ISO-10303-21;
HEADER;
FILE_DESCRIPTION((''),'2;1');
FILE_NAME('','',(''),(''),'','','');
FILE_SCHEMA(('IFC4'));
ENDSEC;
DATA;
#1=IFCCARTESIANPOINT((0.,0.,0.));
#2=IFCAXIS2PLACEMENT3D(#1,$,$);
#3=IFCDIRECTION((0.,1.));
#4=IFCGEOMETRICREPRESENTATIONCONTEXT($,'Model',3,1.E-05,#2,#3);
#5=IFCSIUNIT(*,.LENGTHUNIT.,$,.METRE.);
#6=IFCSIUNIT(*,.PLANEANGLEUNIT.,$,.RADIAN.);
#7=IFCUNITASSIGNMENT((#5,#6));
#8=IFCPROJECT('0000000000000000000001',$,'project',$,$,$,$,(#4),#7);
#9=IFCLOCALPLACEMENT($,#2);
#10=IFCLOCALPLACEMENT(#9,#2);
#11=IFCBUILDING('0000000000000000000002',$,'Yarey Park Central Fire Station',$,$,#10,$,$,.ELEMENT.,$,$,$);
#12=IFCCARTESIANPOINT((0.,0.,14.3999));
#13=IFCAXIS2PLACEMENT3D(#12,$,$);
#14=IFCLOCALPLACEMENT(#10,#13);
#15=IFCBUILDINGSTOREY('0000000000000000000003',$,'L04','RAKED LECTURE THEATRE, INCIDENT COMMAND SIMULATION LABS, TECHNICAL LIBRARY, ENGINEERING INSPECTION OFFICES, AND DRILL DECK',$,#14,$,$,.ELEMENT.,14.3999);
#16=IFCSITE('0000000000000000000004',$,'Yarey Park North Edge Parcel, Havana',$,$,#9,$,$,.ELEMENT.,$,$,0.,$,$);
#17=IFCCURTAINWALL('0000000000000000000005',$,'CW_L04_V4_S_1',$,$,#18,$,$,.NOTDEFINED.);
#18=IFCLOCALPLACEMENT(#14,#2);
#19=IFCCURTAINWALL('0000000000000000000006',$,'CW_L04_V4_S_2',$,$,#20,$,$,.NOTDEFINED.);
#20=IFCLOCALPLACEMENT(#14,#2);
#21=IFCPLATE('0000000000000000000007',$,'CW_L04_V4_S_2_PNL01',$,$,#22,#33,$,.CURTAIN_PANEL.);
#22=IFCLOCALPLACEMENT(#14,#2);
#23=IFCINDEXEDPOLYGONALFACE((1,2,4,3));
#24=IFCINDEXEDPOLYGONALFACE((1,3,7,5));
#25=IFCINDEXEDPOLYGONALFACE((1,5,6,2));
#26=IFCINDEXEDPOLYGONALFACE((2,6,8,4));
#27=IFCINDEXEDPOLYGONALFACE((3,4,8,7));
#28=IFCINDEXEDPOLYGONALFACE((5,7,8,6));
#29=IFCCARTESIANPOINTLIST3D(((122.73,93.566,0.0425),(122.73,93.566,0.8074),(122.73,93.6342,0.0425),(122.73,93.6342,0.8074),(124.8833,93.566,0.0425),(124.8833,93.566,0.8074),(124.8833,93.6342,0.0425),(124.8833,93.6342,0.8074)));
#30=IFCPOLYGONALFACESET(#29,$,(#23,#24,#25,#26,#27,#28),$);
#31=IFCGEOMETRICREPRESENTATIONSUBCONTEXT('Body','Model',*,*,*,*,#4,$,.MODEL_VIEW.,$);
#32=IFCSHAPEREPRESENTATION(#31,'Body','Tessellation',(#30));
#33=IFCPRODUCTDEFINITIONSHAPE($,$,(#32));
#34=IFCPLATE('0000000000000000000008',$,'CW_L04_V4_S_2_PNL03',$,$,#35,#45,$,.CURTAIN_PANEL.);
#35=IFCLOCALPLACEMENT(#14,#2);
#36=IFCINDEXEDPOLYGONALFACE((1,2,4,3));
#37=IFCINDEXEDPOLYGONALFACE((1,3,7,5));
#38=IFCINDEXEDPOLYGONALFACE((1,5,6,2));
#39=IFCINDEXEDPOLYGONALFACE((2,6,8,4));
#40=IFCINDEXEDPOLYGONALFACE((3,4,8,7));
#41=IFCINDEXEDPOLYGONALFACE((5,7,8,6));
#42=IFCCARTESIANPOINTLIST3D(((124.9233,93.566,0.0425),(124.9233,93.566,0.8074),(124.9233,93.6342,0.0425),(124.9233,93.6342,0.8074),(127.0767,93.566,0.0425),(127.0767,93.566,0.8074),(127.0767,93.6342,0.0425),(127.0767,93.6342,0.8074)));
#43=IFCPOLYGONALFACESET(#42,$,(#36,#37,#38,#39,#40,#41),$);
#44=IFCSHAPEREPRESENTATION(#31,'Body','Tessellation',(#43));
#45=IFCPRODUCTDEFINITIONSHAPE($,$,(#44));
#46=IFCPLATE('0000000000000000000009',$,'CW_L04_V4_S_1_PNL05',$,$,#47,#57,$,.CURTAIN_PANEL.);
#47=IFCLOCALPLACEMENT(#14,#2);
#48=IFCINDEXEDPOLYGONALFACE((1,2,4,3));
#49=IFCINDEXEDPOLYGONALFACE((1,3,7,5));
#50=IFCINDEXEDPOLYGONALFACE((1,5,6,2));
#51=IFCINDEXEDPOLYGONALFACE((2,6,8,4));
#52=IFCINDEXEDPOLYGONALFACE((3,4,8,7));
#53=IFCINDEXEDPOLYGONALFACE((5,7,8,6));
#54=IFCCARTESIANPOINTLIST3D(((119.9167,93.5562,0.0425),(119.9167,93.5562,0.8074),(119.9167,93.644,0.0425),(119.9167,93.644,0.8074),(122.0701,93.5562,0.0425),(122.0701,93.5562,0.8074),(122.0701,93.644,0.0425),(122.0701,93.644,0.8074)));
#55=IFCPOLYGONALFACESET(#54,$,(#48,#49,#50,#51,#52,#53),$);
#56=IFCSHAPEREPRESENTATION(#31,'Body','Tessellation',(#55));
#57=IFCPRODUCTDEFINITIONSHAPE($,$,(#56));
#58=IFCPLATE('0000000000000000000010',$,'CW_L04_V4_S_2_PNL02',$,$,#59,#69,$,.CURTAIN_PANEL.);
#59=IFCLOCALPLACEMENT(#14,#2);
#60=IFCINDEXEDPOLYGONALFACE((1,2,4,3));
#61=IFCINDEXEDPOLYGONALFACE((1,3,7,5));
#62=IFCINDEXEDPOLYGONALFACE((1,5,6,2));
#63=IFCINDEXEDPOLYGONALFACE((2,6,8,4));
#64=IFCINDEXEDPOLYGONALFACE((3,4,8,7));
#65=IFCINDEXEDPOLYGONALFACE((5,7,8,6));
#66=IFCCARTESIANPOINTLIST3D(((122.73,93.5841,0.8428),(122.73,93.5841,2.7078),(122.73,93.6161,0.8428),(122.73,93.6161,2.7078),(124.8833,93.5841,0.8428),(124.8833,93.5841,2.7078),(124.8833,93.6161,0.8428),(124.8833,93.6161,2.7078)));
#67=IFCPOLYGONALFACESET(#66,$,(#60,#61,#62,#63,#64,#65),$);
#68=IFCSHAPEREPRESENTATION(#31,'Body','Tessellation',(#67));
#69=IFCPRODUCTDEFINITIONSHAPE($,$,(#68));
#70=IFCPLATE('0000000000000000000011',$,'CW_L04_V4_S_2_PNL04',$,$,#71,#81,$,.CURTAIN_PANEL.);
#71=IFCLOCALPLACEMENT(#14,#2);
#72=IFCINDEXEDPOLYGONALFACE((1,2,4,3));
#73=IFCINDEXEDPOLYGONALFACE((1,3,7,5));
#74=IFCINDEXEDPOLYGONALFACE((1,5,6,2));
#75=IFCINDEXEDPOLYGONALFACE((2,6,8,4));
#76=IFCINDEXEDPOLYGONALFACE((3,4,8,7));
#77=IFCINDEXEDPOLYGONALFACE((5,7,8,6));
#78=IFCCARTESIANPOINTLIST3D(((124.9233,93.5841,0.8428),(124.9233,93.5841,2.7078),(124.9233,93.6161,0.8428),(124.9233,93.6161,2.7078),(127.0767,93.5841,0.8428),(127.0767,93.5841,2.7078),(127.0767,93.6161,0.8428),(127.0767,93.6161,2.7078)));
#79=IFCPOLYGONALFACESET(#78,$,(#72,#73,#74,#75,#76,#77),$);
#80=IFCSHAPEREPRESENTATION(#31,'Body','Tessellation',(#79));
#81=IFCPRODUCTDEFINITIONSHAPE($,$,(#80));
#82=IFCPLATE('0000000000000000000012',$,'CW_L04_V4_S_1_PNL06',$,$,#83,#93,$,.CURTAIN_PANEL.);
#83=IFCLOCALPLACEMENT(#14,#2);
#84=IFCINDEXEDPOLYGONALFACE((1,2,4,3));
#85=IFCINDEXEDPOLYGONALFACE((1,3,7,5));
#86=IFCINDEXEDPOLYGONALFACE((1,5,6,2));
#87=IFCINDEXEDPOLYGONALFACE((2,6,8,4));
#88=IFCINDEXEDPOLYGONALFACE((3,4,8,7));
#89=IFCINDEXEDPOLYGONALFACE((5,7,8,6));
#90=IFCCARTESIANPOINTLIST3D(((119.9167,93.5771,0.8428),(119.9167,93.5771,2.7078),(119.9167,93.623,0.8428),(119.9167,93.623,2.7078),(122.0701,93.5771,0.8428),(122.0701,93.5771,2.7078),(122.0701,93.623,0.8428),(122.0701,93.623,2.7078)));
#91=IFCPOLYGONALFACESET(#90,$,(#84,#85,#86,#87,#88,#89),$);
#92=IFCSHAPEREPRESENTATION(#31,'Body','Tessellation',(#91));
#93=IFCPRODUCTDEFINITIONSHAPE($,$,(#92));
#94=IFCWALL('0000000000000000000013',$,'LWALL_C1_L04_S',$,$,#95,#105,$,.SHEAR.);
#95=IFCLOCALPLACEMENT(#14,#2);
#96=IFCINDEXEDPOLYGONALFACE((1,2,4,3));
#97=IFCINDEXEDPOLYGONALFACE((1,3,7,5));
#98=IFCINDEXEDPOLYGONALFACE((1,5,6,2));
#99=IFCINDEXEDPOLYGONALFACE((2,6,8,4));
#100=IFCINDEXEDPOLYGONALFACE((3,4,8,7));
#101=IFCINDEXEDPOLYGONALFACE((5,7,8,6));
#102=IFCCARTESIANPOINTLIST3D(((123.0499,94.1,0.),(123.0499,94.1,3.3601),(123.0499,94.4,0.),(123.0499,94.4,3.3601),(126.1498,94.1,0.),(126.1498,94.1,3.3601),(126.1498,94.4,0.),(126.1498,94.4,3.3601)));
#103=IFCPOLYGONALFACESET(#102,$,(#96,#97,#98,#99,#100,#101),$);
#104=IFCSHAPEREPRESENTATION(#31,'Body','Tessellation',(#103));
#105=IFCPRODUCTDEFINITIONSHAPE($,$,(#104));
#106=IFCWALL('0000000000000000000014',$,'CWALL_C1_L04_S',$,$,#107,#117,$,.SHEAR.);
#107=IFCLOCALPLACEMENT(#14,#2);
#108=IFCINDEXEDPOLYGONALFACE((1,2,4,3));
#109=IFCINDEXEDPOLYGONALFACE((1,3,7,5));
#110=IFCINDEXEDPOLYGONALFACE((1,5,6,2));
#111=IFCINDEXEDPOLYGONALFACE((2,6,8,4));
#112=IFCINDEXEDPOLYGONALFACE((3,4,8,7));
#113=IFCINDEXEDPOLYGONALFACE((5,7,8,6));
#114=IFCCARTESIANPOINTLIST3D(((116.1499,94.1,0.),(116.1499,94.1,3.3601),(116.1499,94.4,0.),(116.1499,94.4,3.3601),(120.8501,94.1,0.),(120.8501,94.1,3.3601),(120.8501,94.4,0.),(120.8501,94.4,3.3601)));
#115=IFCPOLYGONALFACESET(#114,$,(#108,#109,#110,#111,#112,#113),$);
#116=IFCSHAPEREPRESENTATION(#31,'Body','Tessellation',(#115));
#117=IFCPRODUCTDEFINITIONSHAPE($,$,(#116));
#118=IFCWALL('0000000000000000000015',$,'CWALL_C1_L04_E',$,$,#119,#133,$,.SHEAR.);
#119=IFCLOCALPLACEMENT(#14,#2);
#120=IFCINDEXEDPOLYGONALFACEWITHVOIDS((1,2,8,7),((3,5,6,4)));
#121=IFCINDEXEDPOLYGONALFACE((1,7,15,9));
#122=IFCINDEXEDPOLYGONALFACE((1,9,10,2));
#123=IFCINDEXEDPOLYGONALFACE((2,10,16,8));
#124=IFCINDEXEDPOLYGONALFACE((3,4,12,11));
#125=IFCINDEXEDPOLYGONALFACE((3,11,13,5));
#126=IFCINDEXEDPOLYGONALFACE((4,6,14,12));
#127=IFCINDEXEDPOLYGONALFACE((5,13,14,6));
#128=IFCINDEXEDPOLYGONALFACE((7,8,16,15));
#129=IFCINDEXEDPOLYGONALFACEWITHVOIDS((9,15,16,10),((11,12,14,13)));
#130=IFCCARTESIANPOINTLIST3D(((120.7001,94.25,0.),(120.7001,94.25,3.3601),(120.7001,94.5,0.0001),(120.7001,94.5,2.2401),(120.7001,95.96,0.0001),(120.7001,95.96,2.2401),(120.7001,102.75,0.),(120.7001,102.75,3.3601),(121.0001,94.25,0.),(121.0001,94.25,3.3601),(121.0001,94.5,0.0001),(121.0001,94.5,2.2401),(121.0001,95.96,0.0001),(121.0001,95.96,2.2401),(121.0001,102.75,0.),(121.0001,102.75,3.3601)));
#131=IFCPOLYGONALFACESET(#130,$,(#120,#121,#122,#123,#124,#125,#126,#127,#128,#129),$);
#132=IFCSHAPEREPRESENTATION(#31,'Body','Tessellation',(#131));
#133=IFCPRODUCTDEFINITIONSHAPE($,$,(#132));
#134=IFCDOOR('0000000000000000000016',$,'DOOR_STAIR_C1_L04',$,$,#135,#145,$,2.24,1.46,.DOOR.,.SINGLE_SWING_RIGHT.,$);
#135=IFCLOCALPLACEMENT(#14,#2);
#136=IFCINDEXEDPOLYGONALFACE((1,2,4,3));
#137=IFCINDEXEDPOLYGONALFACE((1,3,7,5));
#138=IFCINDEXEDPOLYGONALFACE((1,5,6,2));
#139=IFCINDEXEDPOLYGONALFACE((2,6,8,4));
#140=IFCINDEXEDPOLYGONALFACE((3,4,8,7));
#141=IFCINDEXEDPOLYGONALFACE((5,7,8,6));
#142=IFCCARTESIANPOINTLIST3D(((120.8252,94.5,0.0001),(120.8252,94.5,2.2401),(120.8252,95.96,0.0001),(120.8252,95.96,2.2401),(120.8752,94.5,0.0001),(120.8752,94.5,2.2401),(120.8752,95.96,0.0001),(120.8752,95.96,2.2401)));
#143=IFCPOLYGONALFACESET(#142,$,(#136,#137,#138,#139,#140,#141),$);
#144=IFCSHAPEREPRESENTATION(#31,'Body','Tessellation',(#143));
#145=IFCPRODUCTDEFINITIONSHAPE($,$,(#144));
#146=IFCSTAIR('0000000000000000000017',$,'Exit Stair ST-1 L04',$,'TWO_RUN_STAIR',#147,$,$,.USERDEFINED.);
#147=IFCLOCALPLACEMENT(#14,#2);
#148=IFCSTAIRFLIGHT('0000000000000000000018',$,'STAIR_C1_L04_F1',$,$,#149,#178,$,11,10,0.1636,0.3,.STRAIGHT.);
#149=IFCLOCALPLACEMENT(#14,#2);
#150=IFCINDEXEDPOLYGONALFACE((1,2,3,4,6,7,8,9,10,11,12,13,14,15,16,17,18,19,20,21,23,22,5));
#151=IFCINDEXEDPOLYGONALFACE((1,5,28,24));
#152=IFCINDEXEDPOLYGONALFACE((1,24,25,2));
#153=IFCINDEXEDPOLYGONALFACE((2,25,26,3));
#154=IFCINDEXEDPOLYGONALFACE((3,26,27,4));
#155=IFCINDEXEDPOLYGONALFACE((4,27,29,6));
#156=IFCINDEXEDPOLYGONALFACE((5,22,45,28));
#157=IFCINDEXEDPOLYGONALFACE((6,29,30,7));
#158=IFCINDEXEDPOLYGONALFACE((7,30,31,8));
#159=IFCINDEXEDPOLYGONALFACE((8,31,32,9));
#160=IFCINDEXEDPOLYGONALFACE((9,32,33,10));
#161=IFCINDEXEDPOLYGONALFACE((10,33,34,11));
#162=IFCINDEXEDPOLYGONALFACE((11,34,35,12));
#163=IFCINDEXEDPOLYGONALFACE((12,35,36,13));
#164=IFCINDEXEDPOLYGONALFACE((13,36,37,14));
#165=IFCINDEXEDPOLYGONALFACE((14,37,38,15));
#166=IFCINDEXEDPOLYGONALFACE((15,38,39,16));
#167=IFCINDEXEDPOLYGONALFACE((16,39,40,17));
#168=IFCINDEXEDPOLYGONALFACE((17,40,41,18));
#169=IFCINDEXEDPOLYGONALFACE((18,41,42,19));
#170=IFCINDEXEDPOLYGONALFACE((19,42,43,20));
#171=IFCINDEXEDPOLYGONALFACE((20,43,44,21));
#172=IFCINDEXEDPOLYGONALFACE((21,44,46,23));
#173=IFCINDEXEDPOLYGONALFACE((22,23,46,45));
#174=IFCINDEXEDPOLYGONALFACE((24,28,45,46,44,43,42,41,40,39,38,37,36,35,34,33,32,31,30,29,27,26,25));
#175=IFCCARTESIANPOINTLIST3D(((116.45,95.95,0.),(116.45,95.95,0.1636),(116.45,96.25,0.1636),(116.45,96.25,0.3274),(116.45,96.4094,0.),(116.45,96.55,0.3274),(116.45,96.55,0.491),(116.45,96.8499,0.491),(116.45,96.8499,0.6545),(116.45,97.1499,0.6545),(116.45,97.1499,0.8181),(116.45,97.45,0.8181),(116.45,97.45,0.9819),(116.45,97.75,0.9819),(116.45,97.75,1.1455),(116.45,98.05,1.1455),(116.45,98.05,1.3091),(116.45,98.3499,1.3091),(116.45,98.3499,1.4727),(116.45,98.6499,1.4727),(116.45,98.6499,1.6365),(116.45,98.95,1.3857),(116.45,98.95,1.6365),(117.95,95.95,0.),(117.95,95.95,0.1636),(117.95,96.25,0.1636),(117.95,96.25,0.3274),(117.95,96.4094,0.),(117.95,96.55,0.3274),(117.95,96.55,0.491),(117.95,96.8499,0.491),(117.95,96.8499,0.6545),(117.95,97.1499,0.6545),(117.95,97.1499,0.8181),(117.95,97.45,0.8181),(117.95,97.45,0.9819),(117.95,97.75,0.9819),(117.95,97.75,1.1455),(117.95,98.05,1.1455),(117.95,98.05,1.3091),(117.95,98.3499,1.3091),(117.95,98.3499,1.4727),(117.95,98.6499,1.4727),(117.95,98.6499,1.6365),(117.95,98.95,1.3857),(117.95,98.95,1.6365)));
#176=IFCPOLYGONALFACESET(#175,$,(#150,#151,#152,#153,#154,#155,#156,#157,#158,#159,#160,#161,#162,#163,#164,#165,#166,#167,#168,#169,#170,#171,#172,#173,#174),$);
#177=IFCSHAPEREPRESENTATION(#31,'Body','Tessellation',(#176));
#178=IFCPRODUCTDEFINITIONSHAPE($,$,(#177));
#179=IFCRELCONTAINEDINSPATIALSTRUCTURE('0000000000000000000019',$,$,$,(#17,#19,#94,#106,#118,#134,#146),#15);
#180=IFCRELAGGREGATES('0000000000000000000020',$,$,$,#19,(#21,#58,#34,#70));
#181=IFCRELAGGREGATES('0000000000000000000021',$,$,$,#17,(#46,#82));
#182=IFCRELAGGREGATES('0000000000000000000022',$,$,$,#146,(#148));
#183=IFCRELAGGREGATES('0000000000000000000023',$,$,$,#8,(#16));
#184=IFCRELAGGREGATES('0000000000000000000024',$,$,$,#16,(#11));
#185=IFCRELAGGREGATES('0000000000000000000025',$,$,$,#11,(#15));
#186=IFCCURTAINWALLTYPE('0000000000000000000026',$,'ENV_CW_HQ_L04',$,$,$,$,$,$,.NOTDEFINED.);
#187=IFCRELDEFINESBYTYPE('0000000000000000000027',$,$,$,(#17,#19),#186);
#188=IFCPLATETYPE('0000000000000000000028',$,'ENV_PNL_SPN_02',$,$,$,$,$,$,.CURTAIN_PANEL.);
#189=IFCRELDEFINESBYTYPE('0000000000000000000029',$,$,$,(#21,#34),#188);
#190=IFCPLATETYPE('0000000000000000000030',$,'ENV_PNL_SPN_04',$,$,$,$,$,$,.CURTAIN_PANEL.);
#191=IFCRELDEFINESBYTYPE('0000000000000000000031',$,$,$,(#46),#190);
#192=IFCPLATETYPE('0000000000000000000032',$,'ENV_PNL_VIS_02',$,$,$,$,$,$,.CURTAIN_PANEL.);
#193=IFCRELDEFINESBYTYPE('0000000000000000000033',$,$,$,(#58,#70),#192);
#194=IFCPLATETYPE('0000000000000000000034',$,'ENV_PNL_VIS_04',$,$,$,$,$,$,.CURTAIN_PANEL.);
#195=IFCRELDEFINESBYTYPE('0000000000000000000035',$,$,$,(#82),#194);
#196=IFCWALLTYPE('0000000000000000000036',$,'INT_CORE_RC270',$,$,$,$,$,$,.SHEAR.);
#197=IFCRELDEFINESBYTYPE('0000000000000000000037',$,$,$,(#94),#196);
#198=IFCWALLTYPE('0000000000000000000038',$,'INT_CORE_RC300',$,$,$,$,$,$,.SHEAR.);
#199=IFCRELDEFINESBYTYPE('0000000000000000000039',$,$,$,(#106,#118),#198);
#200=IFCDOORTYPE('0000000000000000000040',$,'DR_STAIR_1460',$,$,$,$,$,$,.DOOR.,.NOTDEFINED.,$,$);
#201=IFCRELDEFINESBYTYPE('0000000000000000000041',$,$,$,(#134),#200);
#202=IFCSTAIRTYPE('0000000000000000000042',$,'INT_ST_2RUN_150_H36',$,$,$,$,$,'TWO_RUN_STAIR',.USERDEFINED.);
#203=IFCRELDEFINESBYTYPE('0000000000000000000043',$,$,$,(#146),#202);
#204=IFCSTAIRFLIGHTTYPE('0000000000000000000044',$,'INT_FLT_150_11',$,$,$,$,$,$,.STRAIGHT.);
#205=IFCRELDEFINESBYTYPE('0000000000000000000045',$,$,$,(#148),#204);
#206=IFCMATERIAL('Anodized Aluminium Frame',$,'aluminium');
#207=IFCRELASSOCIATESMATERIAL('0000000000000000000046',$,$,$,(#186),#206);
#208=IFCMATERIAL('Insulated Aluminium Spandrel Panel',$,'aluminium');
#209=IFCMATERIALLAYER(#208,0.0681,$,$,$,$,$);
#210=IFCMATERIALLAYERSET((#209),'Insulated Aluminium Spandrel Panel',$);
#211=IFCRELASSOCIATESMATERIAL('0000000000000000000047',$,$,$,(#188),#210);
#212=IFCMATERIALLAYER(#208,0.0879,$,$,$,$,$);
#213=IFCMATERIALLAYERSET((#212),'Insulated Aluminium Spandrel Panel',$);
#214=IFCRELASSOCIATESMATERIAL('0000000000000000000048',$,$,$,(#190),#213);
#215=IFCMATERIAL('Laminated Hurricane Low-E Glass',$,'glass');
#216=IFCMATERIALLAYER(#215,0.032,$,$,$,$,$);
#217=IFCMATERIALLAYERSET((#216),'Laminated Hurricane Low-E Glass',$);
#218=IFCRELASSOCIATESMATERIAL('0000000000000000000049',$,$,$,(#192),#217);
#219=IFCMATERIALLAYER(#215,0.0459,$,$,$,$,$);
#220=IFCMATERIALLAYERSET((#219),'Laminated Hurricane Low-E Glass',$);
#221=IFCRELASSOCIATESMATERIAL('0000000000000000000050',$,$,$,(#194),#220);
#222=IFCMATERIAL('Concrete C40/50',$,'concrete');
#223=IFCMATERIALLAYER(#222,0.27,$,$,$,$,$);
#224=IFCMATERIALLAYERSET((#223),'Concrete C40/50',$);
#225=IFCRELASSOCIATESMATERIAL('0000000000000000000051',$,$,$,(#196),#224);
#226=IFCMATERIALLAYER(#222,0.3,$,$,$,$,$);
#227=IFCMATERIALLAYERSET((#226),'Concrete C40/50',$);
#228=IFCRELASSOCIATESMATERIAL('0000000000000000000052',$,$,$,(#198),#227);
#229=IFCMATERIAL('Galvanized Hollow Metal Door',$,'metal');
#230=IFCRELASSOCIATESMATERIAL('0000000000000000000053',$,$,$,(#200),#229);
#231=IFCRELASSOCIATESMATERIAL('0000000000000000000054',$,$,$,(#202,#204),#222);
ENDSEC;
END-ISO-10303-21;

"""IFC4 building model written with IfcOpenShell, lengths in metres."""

from ifc_helpers import new_model, si_unit, direction, frame, frame_2d, origin, origin_2d, place, context, subcontext, project, spatial, polyline, rectangle, outline, extrude, material, layer, layer_set, type_object, element, fill, aggregate, save


model = new_model("IFC4")

# Units and contexts
model_context = context("Model", 3, precision=1e-05, world=origin(), true_north=direction((0.0, 1.0)))
body_context = subcontext(model_context, "Body", "Model", "MODEL_VIEW")
ifc_project = project(units=[si_unit("LENGTHUNIT", "METRE"), si_unit("PLANEANGLEUNIT", "RADIAN")], contexts=[model_context])

# Site, building, storey
site_placement = place(None, origin())
site = spatial("IfcSite", under=ifc_project, at=site_placement, Name="Yarey Park North Edge Parcel, Havana", CompositionType="ELEMENT", RefElevation=0.0)
building_placement = place(site_placement, origin())
building = spatial("IfcBuilding", under=site, at=building_placement, Name="Yarey Park Central Fire Station", CompositionType="ELEMENT")
storey_placement = place(building_placement, frame((0.0, 0.0, 14.3999)))
storey = spatial("IfcBuildingStorey", under=building, at=storey_placement, Name="L04", Description="RAKED LECTURE THEATRE, INCIDENT COMMAND SIMULATION LABS, TECHNICAL LIBRARY, ENGINEERING INSPECTION OFFICES, AND DRILL DECK", CompositionType="ELEMENT", Elevation=14.3999)

# Shared definitions
ifc_material_1 = material(Name="Concrete C40/50", Category="concrete")

# Curtain walls
ifc_material_2 = material(Name="Anodized Aluminium Frame", Category="aluminium")
curtain_wall_type = type_object("IfcCurtainWallType", Name="ENV_CW_HQ_L04", PredefinedType="NOTDEFINED", material=ifc_material_2)
curtain_wall_1_placement = place(storey_placement, origin())
curtain_wall_1 = element("IfcCurtainWall", 1, at=curtain_wall_1_placement, inside=storey, type_object=curtain_wall_type, Name="CW_L04_V4_S_1", PredefinedType="NOTDEFINED")
curtain_wall_2_placement = place(storey_placement, origin())
curtain_wall_2 = element("IfcCurtainWall", 2, at=curtain_wall_2_placement, inside=storey, type_object=curtain_wall_type, Name="CW_L04_V4_S_2", PredefinedType="NOTDEFINED")

# Plates
ifc_material_3 = material(Name="Insulated Aluminium Spandrel Panel", Category="aluminium")
ifc_layer_1 = layer(ifc_material_3, 0.0681)
ifc_layer_set_1 = layer_set([ifc_layer_1], Name="Insulated Aluminium Spandrel Panel")
plate_type_1 = type_object("IfcPlateType", Name="ENV_PNL_SPN_02", PredefinedType="CURTAIN_PANEL", material=ifc_layer_set_1)
plate_1_placement = place(storey_placement, frame((123.8066, 93.6001, 0.0425), z_axis=(0.0, 0.0, 1.0), x_axis=(1.0, 0.0, 0.0)))
plate_1 = element("IfcPlate", 3, at=plate_1_placement, type_object=plate_type_1, Name="CW_L04_V4_S_2_PNL01", PredefinedType="CURTAIN_PANEL", context=body_context, shape_type="SweptSolid", body=[
    extrude(rectangle(XDim=2.1533, YDim=0.0681, at=origin_2d()), origin(), (0.0, 0.0, 1.0), 0.7649),
])
plate_2_placement = place(storey_placement, frame((126.0, 93.6001, 0.0425), z_axis=(0.0, 0.0, 1.0), x_axis=(1.0, 0.0, 0.0)))
plate_2 = element("IfcPlate", 4, at=plate_2_placement, type_object=plate_type_1, Name="CW_L04_V4_S_2_PNL03", PredefinedType="CURTAIN_PANEL", context=body_context, shape_type="SweptSolid", body=[
    extrude(rectangle(XDim=2.1533, YDim=0.0681, at=origin_2d()), origin(), (0.0, 0.0, 1.0), 0.7649),
])
ifc_layer_2 = layer(ifc_material_3, 0.0879)
ifc_layer_set_2 = layer_set([ifc_layer_2], Name="Insulated Aluminium Spandrel Panel")
plate_type_2 = type_object("IfcPlateType", Name="ENV_PNL_SPN_04", PredefinedType="CURTAIN_PANEL", material=ifc_layer_set_2)
plate_3_placement = place(storey_placement, frame((120.9934, 93.6001, 0.0425), z_axis=(0.0, 0.0, 1.0), x_axis=(1.0, 0.0, 0.0)))
plate_3 = element("IfcPlate", 5, at=plate_3_placement, type_object=plate_type_2, Name="CW_L04_V4_S_1_PNL05", PredefinedType="CURTAIN_PANEL", context=body_context, shape_type="SweptSolid", body=[
    extrude(rectangle(XDim=2.1533, YDim=0.0879, at=origin_2d()), origin(), (0.0, 0.0, 1.0), 0.7649),
])
ifc_material_4 = material(Name="Laminated Hurricane Low-E Glass", Category="glass")
ifc_layer_3 = layer(ifc_material_4, 0.032)
ifc_layer_set_3 = layer_set([ifc_layer_3], Name="Laminated Hurricane Low-E Glass")
plate_type_3 = type_object("IfcPlateType", Name="ENV_PNL_VIS_02", PredefinedType="CURTAIN_PANEL", material=ifc_layer_set_3)
plate_4_placement = place(storey_placement, frame((123.8066, 93.6001, 0.8428), z_axis=(0.0, 0.0, 1.0), x_axis=(1.0, 0.0, 0.0)))
plate_4 = element("IfcPlate", 6, at=plate_4_placement, type_object=plate_type_3, Name="CW_L04_V4_S_2_PNL02", PredefinedType="CURTAIN_PANEL", context=body_context, shape_type="SweptSolid", body=[
    extrude(rectangle(XDim=2.1533, YDim=0.032, at=origin_2d()), origin(), (0.0, 0.0, 1.0), 1.865),
])
plate_5_placement = place(storey_placement, frame((126.0, 93.6001, 0.8428), z_axis=(0.0, 0.0, 1.0), x_axis=(1.0, 0.0, 0.0)))
plate_5 = element("IfcPlate", 7, at=plate_5_placement, type_object=plate_type_3, Name="CW_L04_V4_S_2_PNL04", PredefinedType="CURTAIN_PANEL", context=body_context, shape_type="SweptSolid", body=[
    extrude(rectangle(XDim=2.1533, YDim=0.032, at=origin_2d()), origin(), (0.0, 0.0, 1.0), 1.865),
])
aggregate(curtain_wall_2, [plate_1, plate_4, plate_2, plate_5])
ifc_layer_4 = layer(ifc_material_4, 0.0459)
ifc_layer_set_4 = layer_set([ifc_layer_4], Name="Laminated Hurricane Low-E Glass")
plate_type_4 = type_object("IfcPlateType", Name="ENV_PNL_VIS_04", PredefinedType="CURTAIN_PANEL", material=ifc_layer_set_4)
plate_6_placement = place(storey_placement, frame((120.9934, 93.6001, 0.8428), z_axis=(0.0, 0.0, 1.0), x_axis=(1.0, 0.0, 0.0)))
plate_6 = element("IfcPlate", 8, at=plate_6_placement, type_object=plate_type_4, Name="CW_L04_V4_S_1_PNL06", PredefinedType="CURTAIN_PANEL", context=body_context, shape_type="SweptSolid", body=[
    extrude(rectangle(XDim=2.1533, YDim=0.0459, at=origin_2d()), origin(), (0.0, 0.0, 1.0), 1.865),
])
aggregate(curtain_wall_1, [plate_3, plate_6])

# Walls
ifc_layer_5 = layer(ifc_material_1, 0.27)
ifc_layer_set_5 = layer_set([ifc_layer_5], Name="Concrete C40/50")
wall_type_1 = type_object("IfcWallType", Name="INT_CORE_RC270", PredefinedType="SHEAR", material=ifc_layer_set_5)
wall_1_placement = place(storey_placement, frame((123.05, 94.25, 0.0), z_axis=(0.0, 0.0, 1.0), x_axis=(1.0, 0.0, 0.0)))
element("IfcWall", 9, at=wall_1_placement, inside=storey, type_object=wall_type_1, Name="LWALL_C1_L04_S", PredefinedType="SHEAR", context=body_context, shape_type="SweptSolid", body=[
    extrude(rectangle(XDim=3.0999, YDim=0.3, at=frame_2d((1.5498, 0.0))), origin(), (0.0, 0.0, 1.0), 3.3601),
])
ifc_layer_6 = layer(ifc_material_1, 0.3)
ifc_layer_set_6 = layer_set([ifc_layer_6], Name="Concrete C40/50")
wall_type_2 = type_object("IfcWallType", Name="INT_CORE_RC300", PredefinedType="SHEAR", material=ifc_layer_set_6)
wall_2_placement = place(storey_placement, frame((116.1499, 94.25, 0.0), z_axis=(0.0, 0.0, 1.0), x_axis=(1.0, 0.0, 0.0)))
element("IfcWall", 10, at=wall_2_placement, inside=storey, type_object=wall_type_2, Name="CWALL_C1_L04_S", PredefinedType="SHEAR", context=body_context, shape_type="SweptSolid", body=[
    extrude(rectangle(XDim=4.7002, YDim=0.3, at=frame_2d((2.3501, 0.0))), origin(), (0.0, 0.0, 1.0), 3.3601),
])

# Wall, opening, door
wall_3_placement = place(storey_placement, frame((120.8501, 94.25, 0.0), z_axis=(0.0, 0.0, 1.0), x_axis=(0.0, 1.0, 0.0)))
wall_3 = element("IfcWall", 11, at=wall_3_placement, inside=storey, type_object=wall_type_2, Name="CWALL_C1_L04_E", PredefinedType="SHEAR", context=body_context, shape_type="SweptSolid", body=[
    extrude(rectangle(XDim=8.5, YDim=0.3, at=frame_2d((4.25, 0.0))), origin(), (0.0, 0.0, 1.0), 3.3601),
])
opening_placement = place(wall_3_placement, frame((0.25, 0.0, 0.0)))
opening = element("IfcOpeningElement", 12, at=opening_placement, cuts=wall_3, PredefinedType="OPENING", context=body_context, shape_type="SweptSolid", body=[
    extrude(rectangle(XDim=1.46, YDim=2.24, at=frame_2d((0.73, 1.1201))), frame((0.0, 0.1599, 0.0), z_axis=(0.0, -1.0, 0.0), x_axis=(1.0, 0.0, 0.0)), (0.0, 0.0, 1.0), 0.3201),
])
ifc_material_5 = material(Name="Galvanized Hollow Metal Door", Category="metal")
door_type = type_object("IfcDoorType", Name="DR_STAIR_1460", OperationType="NOTDEFINED", PredefinedType="DOOR", material=ifc_material_5)
door_placement = place(opening_placement, origin())
door = element("IfcDoor", 13, at=door_placement, inside=storey, type_object=door_type, Name="DOOR_STAIR_C1_L04", OperationType="SINGLE_SWING_RIGHT", OverallHeight=2.24, OverallWidth=1.46, PredefinedType="DOOR", context=body_context, shape_type="SweptSolid", body=[
    extrude(rectangle(XDim=1.46, YDim=2.24, at=frame_2d((0.73, 1.1201))), frame((0.0, 0.0249, 0.0), z_axis=(0.0, -1.0, 0.0), x_axis=(1.0, 0.0, 0.0)), (0.0, 0.0, 1.0), 0.05),
])
fill(opening, door)

# Stair, stair flight
stair_type = type_object("IfcStairType", Name="INT_ST_2RUN_150_H36", ElementType="TWO_RUN_STAIR", PredefinedType="USERDEFINED", material=ifc_material_1)
stair_placement = place(storey_placement, origin())
stair = element("IfcStair", 14, at=stair_placement, inside=storey, type_object=stair_type, Name="Exit Stair ST-1 L04", ObjectType="TWO_RUN_STAIR", PredefinedType="USERDEFINED")
stair_flight_type = type_object("IfcStairFlightType", Name="INT_FLT_150_11", PredefinedType="STRAIGHT", material=ifc_material_1)
stair_flight_placement = place(storey_placement, frame((117.2, 95.95, 0.0), z_axis=(0.0, 0.0, 1.0), x_axis=(0.0, 1.0, 0.0)))
stair_flight = element("IfcStairFlight", 15, at=stair_flight_placement, type_object=stair_flight_type, Name="STAIR_C1_L04_F1", NumberOfRisers=11, NumberOfTreads=10, PredefinedType="STRAIGHT", RiserHeight=0.1636, TreadLength=0.3, context=body_context, shape_type="SweptSolid", body=[
    extrude(outline(polyline([(0.0, 0.0), (0.0, 0.1636), (0.3, 0.1636), (0.3, 0.3274), (0.6001, 0.3274), (0.6001, 0.491), (0.8999, 0.491), (0.8999, 0.6545), (1.2, 0.6545), (1.2, 0.8181), (1.5, 0.8181), (1.5, 0.9819), (1.8, 0.9819), (1.8, 1.1455), (2.1001, 1.1455), (2.1001, 1.3091), (2.3999, 1.3091), (2.3999, 1.4727), (2.7, 1.4727), (2.7, 1.6365), (3.0, 1.6365), (3.0, 1.8), (3.0, 1.3857), (0.4595, 0.0), (0.0, 0.0)])), frame((0.0, 0.75, 0.0), z_axis=(0.0, -1.0, 0.0), x_axis=(1.0, 0.0, 0.0)), (0.0, 0.0, 1.0), 1.5),
])
aggregate(stair, [stair_flight])

save(model, "model.ifc")
